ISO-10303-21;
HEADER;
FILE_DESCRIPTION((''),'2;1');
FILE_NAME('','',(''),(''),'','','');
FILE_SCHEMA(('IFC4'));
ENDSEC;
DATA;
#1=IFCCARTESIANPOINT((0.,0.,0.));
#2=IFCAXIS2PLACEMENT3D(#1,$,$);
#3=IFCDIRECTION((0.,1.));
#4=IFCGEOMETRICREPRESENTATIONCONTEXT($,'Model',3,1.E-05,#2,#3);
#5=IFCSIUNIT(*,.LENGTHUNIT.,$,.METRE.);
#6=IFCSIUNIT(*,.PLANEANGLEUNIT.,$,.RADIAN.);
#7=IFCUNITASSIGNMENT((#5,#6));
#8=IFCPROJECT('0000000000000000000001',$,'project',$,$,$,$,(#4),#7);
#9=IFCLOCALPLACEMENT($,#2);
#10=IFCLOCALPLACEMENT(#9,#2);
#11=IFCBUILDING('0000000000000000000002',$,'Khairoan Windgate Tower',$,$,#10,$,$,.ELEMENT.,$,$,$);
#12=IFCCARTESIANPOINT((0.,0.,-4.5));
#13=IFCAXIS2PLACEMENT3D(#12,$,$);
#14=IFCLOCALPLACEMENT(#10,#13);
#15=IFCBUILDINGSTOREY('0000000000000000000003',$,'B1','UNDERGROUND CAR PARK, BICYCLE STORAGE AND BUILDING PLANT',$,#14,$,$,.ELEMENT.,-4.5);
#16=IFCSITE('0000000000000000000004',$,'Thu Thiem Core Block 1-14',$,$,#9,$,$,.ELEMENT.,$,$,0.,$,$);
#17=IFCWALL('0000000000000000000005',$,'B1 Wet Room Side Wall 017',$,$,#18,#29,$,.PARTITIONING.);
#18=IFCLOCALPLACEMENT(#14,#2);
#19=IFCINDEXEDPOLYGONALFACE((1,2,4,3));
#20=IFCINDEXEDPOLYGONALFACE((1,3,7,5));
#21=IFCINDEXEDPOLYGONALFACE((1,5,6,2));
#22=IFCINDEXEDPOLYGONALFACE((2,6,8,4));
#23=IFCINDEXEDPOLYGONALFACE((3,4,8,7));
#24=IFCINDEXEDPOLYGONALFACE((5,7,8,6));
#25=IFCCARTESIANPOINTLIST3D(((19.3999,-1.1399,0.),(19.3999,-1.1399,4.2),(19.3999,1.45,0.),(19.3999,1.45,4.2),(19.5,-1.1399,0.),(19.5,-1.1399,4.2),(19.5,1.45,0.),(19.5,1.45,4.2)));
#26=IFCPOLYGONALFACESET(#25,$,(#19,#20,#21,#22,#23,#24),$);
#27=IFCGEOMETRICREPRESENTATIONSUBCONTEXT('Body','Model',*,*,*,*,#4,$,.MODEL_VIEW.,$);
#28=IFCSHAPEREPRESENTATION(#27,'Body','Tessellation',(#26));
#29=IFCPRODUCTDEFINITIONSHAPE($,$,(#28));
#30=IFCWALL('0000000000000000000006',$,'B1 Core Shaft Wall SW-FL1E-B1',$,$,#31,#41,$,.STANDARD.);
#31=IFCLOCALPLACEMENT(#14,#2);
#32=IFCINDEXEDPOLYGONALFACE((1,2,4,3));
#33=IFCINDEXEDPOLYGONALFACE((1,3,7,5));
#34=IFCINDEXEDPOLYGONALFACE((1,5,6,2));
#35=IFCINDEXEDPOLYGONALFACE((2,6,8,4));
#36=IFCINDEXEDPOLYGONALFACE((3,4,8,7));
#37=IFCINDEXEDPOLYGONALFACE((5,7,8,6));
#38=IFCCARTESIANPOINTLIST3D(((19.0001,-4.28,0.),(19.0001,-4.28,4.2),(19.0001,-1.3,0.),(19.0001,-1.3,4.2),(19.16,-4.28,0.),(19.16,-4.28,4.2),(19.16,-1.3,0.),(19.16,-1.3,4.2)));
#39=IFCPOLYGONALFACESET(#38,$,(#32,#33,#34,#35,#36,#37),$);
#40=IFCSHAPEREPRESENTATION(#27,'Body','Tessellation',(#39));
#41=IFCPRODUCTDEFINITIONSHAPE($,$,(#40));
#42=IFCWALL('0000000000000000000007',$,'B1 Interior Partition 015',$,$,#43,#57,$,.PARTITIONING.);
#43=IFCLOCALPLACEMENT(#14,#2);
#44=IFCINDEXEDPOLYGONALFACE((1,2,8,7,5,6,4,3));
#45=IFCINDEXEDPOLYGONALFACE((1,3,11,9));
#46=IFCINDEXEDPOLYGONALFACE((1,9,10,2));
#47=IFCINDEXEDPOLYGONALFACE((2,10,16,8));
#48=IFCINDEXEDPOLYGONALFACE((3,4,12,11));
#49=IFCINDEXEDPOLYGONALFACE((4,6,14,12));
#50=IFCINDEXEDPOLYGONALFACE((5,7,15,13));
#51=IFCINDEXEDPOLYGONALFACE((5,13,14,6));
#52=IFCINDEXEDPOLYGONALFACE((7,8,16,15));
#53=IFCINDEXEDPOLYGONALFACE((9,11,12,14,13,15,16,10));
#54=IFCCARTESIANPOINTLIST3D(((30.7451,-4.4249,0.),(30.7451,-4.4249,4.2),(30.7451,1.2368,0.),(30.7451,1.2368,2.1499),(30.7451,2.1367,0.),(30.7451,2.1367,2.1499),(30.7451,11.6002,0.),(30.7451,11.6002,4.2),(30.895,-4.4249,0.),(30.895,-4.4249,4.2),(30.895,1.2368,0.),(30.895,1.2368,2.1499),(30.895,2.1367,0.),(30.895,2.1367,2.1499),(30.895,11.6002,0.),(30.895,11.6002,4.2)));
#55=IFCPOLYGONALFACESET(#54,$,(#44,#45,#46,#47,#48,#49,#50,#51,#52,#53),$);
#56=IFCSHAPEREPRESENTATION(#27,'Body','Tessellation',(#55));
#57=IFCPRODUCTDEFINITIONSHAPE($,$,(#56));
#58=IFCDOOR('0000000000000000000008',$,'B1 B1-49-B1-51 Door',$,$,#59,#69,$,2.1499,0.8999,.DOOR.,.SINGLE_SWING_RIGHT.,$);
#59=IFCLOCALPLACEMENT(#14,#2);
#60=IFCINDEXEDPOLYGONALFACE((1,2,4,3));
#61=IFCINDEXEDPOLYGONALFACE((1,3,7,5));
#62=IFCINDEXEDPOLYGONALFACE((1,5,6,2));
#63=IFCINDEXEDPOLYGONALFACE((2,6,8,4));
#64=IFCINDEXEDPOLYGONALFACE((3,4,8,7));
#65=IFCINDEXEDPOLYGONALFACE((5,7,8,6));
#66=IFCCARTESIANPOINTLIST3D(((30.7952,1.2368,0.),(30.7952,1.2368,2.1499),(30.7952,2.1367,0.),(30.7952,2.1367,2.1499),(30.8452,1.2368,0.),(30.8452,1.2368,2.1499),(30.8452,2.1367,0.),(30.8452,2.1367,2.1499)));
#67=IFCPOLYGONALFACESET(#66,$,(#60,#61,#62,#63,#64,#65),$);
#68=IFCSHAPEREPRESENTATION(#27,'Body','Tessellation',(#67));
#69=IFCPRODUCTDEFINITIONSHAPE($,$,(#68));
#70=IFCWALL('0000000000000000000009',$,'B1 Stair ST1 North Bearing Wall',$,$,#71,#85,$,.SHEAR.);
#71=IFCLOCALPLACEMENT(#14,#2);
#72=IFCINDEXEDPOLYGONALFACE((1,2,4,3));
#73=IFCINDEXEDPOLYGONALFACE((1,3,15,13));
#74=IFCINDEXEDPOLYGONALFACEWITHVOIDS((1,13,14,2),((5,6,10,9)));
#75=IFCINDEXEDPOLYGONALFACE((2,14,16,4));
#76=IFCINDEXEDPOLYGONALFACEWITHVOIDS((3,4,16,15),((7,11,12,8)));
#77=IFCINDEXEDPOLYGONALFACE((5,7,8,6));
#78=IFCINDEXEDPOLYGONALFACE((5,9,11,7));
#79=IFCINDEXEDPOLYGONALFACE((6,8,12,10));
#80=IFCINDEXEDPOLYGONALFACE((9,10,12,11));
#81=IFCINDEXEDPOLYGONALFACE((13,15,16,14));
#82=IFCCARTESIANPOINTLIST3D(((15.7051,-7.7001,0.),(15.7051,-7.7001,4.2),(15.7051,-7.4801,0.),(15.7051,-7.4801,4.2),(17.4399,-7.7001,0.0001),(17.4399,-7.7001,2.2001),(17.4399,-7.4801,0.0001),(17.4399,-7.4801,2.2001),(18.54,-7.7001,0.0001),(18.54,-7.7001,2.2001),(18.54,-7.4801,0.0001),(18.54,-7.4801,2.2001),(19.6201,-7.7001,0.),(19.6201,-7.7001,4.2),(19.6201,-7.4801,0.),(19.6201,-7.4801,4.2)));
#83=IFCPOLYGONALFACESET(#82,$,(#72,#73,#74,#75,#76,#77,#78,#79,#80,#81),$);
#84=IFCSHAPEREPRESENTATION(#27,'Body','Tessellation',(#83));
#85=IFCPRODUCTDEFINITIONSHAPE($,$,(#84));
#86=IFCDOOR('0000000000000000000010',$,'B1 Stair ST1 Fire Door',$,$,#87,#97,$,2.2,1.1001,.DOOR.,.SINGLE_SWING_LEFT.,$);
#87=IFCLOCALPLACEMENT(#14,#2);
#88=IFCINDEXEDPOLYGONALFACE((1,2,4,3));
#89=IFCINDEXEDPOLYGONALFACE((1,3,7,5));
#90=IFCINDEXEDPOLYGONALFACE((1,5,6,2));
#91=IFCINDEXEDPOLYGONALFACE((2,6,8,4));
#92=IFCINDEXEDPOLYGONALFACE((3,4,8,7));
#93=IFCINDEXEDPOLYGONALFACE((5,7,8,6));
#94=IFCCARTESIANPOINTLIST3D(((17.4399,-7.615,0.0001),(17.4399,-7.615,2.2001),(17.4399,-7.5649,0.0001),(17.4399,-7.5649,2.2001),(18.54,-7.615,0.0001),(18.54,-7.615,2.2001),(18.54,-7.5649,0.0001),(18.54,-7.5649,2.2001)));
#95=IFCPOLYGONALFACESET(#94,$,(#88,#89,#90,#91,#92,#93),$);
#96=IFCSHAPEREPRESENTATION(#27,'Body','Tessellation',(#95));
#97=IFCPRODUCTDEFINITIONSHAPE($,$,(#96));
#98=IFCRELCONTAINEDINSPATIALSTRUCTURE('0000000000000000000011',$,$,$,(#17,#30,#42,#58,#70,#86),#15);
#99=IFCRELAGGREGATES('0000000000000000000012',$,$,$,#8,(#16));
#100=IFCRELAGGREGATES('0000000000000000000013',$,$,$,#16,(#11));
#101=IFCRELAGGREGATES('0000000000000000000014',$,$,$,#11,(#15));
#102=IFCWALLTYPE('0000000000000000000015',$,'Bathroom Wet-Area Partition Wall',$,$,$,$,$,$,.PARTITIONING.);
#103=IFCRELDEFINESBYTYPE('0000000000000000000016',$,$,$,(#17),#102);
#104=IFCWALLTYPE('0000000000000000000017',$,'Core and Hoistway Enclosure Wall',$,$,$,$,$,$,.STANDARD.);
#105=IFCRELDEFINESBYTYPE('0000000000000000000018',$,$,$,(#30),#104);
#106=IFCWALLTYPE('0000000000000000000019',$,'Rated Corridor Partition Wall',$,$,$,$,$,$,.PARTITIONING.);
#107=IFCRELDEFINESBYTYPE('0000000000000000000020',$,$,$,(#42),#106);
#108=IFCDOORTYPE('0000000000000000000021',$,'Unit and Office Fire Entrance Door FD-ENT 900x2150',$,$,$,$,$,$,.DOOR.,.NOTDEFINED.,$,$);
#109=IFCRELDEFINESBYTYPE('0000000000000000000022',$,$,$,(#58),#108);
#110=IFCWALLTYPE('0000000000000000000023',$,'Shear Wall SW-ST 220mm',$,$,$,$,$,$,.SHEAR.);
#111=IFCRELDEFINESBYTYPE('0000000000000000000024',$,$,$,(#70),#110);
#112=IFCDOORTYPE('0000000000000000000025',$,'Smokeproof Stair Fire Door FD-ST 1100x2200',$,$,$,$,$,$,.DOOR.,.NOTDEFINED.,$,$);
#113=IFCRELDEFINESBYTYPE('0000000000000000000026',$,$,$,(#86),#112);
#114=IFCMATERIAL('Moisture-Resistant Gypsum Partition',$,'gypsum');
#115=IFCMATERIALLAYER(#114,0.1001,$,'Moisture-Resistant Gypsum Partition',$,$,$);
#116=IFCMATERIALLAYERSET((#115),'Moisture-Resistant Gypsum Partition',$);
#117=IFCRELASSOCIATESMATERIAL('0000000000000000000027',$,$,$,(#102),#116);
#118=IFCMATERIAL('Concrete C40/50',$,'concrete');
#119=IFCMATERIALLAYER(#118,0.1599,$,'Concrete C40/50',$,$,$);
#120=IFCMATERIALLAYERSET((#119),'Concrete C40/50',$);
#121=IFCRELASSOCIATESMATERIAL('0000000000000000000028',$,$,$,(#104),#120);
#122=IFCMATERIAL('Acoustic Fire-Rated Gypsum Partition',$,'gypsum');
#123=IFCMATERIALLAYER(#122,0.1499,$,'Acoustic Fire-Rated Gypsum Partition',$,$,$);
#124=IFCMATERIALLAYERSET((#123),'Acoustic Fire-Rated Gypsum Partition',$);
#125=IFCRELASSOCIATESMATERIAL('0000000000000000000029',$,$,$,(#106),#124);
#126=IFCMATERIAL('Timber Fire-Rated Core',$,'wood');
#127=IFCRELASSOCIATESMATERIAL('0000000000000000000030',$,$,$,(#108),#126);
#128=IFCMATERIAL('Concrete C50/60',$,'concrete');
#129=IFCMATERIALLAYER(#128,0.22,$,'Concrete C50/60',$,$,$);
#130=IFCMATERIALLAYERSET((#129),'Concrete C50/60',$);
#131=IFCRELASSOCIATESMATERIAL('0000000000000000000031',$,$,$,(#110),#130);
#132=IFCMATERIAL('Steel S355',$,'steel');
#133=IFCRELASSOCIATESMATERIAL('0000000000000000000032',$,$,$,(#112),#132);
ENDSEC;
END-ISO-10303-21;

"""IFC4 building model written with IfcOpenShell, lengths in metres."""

from ifc_helpers import new_model, si_unit, direction, frame, frame_2d, origin, place, context, subcontext, project, spatial, rectangle, extrude, material, layer, layer_set, type_object, element, fill, save


model = new_model("IFC4")

# Units and contexts
model_context = context("Model", 3, precision=1e-05, world=origin(), true_north=direction((0.0, 1.0)))
body_context = subcontext(model_context, "Body", "Model", "MODEL_VIEW")
ifc_project = project(units=[si_unit("LENGTHUNIT", "METRE"), si_unit("PLANEANGLEUNIT", "RADIAN")], contexts=[model_context])

# Site, building, storey
site_placement = place(None, origin())
site = spatial("IfcSite", under=ifc_project, at=site_placement, Name="Thu Thiem Core Block 1-14", CompositionType="ELEMENT", RefElevation=0.0)
building_placement = place(site_placement, origin())
building = spatial("IfcBuilding", under=site, at=building_placement, Name="Khairoan Windgate Tower", CompositionType="ELEMENT")
storey_placement = place(building_placement, frame((0.0, 0.0, -4.5)))
storey = spatial("IfcBuildingStorey", under=building, at=storey_placement, Name="B1", Description="UNDERGROUND CAR PARK, BICYCLE STORAGE AND BUILDING PLANT", CompositionType="ELEMENT", Elevation=-4.5)

# Walls
ifc_material_1 = material(Name="Moisture-Resistant Gypsum Partition", Category="gypsum")
ifc_layer_1 = layer(ifc_material_1, 0.1001, Name="Moisture-Resistant Gypsum Partition")
ifc_layer_set_1 = layer_set([ifc_layer_1], Name="Moisture-Resistant Gypsum Partition")
wall_type_1 = type_object("IfcWallType", Name="Bathroom Wet-Area Partition Wall", PredefinedType="PARTITIONING", material=ifc_layer_set_1)
wall_1_placement = place(storey_placement, frame((19.45, 1.45, 0.0), z_axis=(0.0, 0.0, 1.0), x_axis=(0.0, -1.0, 0.0)))
element("IfcWall", 1, at=wall_1_placement, inside=storey, type_object=wall_type_1, Name="B1 Wet Room Side Wall 017", PredefinedType="PARTITIONING", context=body_context, shape_type="SweptSolid", body=[
    extrude(rectangle(XDim=2.5898, YDim=0.1001, at=frame_2d((1.2949, 0.0))), origin(), (0.0, 0.0, 1.0), 4.2),
])
ifc_material_2 = material(Name="Concrete C40/50", Category="concrete")
ifc_layer_2 = layer(ifc_material_2, 0.1599, Name="Concrete C40/50")
ifc_layer_set_2 = layer_set([ifc_layer_2], Name="Concrete C40/50")
wall_type_2 = type_object("IfcWallType", Name="Core and Hoistway Enclosure Wall", PredefinedType="STANDARD", material=ifc_layer_set_2)
wall_2_placement = place(storey_placement, frame((19.0801, -4.28, 0.0), z_axis=(0.0, 0.0, 1.0), x_axis=(0.0, 1.0, 0.0)))
element("IfcWall", 2, at=wall_2_placement, inside=storey, type_object=wall_type_2, Name="B1 Core Shaft Wall SW-FL1E-B1", PredefinedType="STANDARD", context=body_context, shape_type="SweptSolid", body=[
    extrude(rectangle(XDim=2.98, YDim=0.1599, at=frame_2d((1.49, 0.0))), origin(), (0.0, 0.0, 1.0), 4.2),
])

# Walls, openings, doors
ifc_material_3 = material(Name="Acoustic Fire-Rated Gypsum Partition", Category="gypsum")
ifc_layer_3 = layer(ifc_material_3, 0.1499, Name="Acoustic Fire-Rated Gypsum Partition")
ifc_layer_set_3 = layer_set([ifc_layer_3], Name="Acoustic Fire-Rated Gypsum Partition")
wall_type_3 = type_object("IfcWallType", Name="Rated Corridor Partition Wall", PredefinedType="PARTITIONING", material=ifc_layer_set_3)
ifc_material_4 = material(Name="Timber Fire-Rated Core", Category="wood")
door_type_1 = type_object("IfcDoorType", Name="Unit and Office Fire Entrance Door FD-ENT 900x2150", OperationType="NOTDEFINED", PredefinedType="DOOR", material=ifc_material_4)
wall_3_placement = place(storey_placement, frame((30.8201, -4.425, 0.0), z_axis=(0.0, 0.0, 1.0), x_axis=(0.0, 1.0, 0.0)))
wall_3 = element("IfcWall", 3, at=wall_3_placement, inside=storey, type_object=wall_type_3, Name="B1 Interior Partition 015", PredefinedType="PARTITIONING", context=body_context, shape_type="SweptSolid", body=[
    extrude(rectangle(XDim=16.0251, YDim=0.1499, at=frame_2d((8.0127, 0.0))), origin(), (0.0, 0.0, 1.0), 4.2),
])
opening_1_placement = place(wall_3_placement, frame((5.6619, 0.0, 0.0)))
opening_1 = element("IfcOpeningElement", 4, at=opening_1_placement, cuts=wall_3, PredefinedType="OPENING", context=body_context, shape_type="SweptSolid", body=[
    extrude(rectangle(XDim=0.8999, YDim=2.1499, at=frame_2d((0.45, 1.075))), frame((0.0, 0.085, 0.0), z_axis=(0.0, -1.0, 0.0), x_axis=(1.0, 0.0, 0.0)), (0.0, 0.0, 1.0), 0.1699),
])
door_1_placement = place(opening_1_placement, origin())
door_1 = element("IfcDoor", 5, at=door_1_placement, inside=storey, type_object=door_type_1, Name="B1 B1-49-B1-51 Door", OperationType="SINGLE_SWING_RIGHT", OverallHeight=2.1499, OverallWidth=0.8999, PredefinedType="DOOR", context=body_context, shape_type="SweptSolid", body=[
    extrude(rectangle(XDim=0.8999, YDim=2.1499, at=frame_2d((0.45, 1.075))), frame((0.0, 0.0249, 0.0), z_axis=(0.0, -1.0, 0.0), x_axis=(1.0, 0.0, 0.0)), (0.0, 0.0, 1.0), 0.05),
])
fill(opening_1, door_1)
ifc_material_5 = material(Name="Concrete C50/60", Category="concrete")
ifc_layer_4 = layer(ifc_material_5, 0.22, Name="Concrete C50/60")
ifc_layer_set_4 = layer_set([ifc_layer_4], Name="Concrete C50/60")
wall_type_4 = type_object("IfcWallType", Name="Shear Wall SW-ST 220mm", PredefinedType="SHEAR", material=ifc_layer_set_4)
wall_4_placement = place(storey_placement, frame((19.6201, -7.5901, 0.0), z_axis=(0.0, 0.0, 1.0), x_axis=(-1.0, 0.0, 0.0)))
wall_4 = element("IfcWall", 6, at=wall_4_placement, inside=storey, type_object=wall_type_4, Name="B1 Stair ST1 North Bearing Wall", PredefinedType="SHEAR", context=body_context, shape_type="SweptSolid", body=[
    extrude(rectangle(XDim=3.915, YDim=0.22, at=frame_2d((1.9575, 0.0))), origin(), (0.0, 0.0, 1.0), 4.2),
])
opening_2_placement = place(wall_4_placement, frame((1.0801, 0.0, 0.0)))
opening_2 = element("IfcOpeningElement", 7, at=opening_2_placement, cuts=wall_4, PredefinedType="OPENING", context=body_context, shape_type="SweptSolid", body=[
    extrude(rectangle(XDim=1.1001, YDim=2.2, at=frame_2d((0.55, 1.1001))), frame((0.0, 0.1199, 0.0), z_axis=(0.0, -1.0, 0.0), x_axis=(1.0, 0.0, 0.0)), (0.0, 0.0, 1.0), 0.24),
])
ifc_material_6 = material(Name="Steel S355", Category="steel")
door_type_2 = type_object("IfcDoorType", Name="Smokeproof Stair Fire Door FD-ST 1100x2200", OperationType="NOTDEFINED", PredefinedType="DOOR", material=ifc_material_6)
door_2_placement = place(opening_2_placement, origin())
door_2 = element("IfcDoor", 8, at=door_2_placement, inside=storey, type_object=door_type_2, Name="B1 Stair ST1 Fire Door", OperationType="SINGLE_SWING_LEFT", OverallHeight=2.2, OverallWidth=1.1001, PredefinedType="DOOR", context=body_context, shape_type="SweptSolid", body=[
    extrude(rectangle(XDim=1.1001, YDim=2.2, at=frame_2d((0.55, 1.1001))), frame((0.0, 0.0249, 0.0), z_axis=(0.0, -1.0, 0.0), x_axis=(1.0, 0.0, 0.0)), (0.0, 0.0, 1.0), 0.05),
])
fill(opening_2, door_2)

save(model, "model.ifc")
